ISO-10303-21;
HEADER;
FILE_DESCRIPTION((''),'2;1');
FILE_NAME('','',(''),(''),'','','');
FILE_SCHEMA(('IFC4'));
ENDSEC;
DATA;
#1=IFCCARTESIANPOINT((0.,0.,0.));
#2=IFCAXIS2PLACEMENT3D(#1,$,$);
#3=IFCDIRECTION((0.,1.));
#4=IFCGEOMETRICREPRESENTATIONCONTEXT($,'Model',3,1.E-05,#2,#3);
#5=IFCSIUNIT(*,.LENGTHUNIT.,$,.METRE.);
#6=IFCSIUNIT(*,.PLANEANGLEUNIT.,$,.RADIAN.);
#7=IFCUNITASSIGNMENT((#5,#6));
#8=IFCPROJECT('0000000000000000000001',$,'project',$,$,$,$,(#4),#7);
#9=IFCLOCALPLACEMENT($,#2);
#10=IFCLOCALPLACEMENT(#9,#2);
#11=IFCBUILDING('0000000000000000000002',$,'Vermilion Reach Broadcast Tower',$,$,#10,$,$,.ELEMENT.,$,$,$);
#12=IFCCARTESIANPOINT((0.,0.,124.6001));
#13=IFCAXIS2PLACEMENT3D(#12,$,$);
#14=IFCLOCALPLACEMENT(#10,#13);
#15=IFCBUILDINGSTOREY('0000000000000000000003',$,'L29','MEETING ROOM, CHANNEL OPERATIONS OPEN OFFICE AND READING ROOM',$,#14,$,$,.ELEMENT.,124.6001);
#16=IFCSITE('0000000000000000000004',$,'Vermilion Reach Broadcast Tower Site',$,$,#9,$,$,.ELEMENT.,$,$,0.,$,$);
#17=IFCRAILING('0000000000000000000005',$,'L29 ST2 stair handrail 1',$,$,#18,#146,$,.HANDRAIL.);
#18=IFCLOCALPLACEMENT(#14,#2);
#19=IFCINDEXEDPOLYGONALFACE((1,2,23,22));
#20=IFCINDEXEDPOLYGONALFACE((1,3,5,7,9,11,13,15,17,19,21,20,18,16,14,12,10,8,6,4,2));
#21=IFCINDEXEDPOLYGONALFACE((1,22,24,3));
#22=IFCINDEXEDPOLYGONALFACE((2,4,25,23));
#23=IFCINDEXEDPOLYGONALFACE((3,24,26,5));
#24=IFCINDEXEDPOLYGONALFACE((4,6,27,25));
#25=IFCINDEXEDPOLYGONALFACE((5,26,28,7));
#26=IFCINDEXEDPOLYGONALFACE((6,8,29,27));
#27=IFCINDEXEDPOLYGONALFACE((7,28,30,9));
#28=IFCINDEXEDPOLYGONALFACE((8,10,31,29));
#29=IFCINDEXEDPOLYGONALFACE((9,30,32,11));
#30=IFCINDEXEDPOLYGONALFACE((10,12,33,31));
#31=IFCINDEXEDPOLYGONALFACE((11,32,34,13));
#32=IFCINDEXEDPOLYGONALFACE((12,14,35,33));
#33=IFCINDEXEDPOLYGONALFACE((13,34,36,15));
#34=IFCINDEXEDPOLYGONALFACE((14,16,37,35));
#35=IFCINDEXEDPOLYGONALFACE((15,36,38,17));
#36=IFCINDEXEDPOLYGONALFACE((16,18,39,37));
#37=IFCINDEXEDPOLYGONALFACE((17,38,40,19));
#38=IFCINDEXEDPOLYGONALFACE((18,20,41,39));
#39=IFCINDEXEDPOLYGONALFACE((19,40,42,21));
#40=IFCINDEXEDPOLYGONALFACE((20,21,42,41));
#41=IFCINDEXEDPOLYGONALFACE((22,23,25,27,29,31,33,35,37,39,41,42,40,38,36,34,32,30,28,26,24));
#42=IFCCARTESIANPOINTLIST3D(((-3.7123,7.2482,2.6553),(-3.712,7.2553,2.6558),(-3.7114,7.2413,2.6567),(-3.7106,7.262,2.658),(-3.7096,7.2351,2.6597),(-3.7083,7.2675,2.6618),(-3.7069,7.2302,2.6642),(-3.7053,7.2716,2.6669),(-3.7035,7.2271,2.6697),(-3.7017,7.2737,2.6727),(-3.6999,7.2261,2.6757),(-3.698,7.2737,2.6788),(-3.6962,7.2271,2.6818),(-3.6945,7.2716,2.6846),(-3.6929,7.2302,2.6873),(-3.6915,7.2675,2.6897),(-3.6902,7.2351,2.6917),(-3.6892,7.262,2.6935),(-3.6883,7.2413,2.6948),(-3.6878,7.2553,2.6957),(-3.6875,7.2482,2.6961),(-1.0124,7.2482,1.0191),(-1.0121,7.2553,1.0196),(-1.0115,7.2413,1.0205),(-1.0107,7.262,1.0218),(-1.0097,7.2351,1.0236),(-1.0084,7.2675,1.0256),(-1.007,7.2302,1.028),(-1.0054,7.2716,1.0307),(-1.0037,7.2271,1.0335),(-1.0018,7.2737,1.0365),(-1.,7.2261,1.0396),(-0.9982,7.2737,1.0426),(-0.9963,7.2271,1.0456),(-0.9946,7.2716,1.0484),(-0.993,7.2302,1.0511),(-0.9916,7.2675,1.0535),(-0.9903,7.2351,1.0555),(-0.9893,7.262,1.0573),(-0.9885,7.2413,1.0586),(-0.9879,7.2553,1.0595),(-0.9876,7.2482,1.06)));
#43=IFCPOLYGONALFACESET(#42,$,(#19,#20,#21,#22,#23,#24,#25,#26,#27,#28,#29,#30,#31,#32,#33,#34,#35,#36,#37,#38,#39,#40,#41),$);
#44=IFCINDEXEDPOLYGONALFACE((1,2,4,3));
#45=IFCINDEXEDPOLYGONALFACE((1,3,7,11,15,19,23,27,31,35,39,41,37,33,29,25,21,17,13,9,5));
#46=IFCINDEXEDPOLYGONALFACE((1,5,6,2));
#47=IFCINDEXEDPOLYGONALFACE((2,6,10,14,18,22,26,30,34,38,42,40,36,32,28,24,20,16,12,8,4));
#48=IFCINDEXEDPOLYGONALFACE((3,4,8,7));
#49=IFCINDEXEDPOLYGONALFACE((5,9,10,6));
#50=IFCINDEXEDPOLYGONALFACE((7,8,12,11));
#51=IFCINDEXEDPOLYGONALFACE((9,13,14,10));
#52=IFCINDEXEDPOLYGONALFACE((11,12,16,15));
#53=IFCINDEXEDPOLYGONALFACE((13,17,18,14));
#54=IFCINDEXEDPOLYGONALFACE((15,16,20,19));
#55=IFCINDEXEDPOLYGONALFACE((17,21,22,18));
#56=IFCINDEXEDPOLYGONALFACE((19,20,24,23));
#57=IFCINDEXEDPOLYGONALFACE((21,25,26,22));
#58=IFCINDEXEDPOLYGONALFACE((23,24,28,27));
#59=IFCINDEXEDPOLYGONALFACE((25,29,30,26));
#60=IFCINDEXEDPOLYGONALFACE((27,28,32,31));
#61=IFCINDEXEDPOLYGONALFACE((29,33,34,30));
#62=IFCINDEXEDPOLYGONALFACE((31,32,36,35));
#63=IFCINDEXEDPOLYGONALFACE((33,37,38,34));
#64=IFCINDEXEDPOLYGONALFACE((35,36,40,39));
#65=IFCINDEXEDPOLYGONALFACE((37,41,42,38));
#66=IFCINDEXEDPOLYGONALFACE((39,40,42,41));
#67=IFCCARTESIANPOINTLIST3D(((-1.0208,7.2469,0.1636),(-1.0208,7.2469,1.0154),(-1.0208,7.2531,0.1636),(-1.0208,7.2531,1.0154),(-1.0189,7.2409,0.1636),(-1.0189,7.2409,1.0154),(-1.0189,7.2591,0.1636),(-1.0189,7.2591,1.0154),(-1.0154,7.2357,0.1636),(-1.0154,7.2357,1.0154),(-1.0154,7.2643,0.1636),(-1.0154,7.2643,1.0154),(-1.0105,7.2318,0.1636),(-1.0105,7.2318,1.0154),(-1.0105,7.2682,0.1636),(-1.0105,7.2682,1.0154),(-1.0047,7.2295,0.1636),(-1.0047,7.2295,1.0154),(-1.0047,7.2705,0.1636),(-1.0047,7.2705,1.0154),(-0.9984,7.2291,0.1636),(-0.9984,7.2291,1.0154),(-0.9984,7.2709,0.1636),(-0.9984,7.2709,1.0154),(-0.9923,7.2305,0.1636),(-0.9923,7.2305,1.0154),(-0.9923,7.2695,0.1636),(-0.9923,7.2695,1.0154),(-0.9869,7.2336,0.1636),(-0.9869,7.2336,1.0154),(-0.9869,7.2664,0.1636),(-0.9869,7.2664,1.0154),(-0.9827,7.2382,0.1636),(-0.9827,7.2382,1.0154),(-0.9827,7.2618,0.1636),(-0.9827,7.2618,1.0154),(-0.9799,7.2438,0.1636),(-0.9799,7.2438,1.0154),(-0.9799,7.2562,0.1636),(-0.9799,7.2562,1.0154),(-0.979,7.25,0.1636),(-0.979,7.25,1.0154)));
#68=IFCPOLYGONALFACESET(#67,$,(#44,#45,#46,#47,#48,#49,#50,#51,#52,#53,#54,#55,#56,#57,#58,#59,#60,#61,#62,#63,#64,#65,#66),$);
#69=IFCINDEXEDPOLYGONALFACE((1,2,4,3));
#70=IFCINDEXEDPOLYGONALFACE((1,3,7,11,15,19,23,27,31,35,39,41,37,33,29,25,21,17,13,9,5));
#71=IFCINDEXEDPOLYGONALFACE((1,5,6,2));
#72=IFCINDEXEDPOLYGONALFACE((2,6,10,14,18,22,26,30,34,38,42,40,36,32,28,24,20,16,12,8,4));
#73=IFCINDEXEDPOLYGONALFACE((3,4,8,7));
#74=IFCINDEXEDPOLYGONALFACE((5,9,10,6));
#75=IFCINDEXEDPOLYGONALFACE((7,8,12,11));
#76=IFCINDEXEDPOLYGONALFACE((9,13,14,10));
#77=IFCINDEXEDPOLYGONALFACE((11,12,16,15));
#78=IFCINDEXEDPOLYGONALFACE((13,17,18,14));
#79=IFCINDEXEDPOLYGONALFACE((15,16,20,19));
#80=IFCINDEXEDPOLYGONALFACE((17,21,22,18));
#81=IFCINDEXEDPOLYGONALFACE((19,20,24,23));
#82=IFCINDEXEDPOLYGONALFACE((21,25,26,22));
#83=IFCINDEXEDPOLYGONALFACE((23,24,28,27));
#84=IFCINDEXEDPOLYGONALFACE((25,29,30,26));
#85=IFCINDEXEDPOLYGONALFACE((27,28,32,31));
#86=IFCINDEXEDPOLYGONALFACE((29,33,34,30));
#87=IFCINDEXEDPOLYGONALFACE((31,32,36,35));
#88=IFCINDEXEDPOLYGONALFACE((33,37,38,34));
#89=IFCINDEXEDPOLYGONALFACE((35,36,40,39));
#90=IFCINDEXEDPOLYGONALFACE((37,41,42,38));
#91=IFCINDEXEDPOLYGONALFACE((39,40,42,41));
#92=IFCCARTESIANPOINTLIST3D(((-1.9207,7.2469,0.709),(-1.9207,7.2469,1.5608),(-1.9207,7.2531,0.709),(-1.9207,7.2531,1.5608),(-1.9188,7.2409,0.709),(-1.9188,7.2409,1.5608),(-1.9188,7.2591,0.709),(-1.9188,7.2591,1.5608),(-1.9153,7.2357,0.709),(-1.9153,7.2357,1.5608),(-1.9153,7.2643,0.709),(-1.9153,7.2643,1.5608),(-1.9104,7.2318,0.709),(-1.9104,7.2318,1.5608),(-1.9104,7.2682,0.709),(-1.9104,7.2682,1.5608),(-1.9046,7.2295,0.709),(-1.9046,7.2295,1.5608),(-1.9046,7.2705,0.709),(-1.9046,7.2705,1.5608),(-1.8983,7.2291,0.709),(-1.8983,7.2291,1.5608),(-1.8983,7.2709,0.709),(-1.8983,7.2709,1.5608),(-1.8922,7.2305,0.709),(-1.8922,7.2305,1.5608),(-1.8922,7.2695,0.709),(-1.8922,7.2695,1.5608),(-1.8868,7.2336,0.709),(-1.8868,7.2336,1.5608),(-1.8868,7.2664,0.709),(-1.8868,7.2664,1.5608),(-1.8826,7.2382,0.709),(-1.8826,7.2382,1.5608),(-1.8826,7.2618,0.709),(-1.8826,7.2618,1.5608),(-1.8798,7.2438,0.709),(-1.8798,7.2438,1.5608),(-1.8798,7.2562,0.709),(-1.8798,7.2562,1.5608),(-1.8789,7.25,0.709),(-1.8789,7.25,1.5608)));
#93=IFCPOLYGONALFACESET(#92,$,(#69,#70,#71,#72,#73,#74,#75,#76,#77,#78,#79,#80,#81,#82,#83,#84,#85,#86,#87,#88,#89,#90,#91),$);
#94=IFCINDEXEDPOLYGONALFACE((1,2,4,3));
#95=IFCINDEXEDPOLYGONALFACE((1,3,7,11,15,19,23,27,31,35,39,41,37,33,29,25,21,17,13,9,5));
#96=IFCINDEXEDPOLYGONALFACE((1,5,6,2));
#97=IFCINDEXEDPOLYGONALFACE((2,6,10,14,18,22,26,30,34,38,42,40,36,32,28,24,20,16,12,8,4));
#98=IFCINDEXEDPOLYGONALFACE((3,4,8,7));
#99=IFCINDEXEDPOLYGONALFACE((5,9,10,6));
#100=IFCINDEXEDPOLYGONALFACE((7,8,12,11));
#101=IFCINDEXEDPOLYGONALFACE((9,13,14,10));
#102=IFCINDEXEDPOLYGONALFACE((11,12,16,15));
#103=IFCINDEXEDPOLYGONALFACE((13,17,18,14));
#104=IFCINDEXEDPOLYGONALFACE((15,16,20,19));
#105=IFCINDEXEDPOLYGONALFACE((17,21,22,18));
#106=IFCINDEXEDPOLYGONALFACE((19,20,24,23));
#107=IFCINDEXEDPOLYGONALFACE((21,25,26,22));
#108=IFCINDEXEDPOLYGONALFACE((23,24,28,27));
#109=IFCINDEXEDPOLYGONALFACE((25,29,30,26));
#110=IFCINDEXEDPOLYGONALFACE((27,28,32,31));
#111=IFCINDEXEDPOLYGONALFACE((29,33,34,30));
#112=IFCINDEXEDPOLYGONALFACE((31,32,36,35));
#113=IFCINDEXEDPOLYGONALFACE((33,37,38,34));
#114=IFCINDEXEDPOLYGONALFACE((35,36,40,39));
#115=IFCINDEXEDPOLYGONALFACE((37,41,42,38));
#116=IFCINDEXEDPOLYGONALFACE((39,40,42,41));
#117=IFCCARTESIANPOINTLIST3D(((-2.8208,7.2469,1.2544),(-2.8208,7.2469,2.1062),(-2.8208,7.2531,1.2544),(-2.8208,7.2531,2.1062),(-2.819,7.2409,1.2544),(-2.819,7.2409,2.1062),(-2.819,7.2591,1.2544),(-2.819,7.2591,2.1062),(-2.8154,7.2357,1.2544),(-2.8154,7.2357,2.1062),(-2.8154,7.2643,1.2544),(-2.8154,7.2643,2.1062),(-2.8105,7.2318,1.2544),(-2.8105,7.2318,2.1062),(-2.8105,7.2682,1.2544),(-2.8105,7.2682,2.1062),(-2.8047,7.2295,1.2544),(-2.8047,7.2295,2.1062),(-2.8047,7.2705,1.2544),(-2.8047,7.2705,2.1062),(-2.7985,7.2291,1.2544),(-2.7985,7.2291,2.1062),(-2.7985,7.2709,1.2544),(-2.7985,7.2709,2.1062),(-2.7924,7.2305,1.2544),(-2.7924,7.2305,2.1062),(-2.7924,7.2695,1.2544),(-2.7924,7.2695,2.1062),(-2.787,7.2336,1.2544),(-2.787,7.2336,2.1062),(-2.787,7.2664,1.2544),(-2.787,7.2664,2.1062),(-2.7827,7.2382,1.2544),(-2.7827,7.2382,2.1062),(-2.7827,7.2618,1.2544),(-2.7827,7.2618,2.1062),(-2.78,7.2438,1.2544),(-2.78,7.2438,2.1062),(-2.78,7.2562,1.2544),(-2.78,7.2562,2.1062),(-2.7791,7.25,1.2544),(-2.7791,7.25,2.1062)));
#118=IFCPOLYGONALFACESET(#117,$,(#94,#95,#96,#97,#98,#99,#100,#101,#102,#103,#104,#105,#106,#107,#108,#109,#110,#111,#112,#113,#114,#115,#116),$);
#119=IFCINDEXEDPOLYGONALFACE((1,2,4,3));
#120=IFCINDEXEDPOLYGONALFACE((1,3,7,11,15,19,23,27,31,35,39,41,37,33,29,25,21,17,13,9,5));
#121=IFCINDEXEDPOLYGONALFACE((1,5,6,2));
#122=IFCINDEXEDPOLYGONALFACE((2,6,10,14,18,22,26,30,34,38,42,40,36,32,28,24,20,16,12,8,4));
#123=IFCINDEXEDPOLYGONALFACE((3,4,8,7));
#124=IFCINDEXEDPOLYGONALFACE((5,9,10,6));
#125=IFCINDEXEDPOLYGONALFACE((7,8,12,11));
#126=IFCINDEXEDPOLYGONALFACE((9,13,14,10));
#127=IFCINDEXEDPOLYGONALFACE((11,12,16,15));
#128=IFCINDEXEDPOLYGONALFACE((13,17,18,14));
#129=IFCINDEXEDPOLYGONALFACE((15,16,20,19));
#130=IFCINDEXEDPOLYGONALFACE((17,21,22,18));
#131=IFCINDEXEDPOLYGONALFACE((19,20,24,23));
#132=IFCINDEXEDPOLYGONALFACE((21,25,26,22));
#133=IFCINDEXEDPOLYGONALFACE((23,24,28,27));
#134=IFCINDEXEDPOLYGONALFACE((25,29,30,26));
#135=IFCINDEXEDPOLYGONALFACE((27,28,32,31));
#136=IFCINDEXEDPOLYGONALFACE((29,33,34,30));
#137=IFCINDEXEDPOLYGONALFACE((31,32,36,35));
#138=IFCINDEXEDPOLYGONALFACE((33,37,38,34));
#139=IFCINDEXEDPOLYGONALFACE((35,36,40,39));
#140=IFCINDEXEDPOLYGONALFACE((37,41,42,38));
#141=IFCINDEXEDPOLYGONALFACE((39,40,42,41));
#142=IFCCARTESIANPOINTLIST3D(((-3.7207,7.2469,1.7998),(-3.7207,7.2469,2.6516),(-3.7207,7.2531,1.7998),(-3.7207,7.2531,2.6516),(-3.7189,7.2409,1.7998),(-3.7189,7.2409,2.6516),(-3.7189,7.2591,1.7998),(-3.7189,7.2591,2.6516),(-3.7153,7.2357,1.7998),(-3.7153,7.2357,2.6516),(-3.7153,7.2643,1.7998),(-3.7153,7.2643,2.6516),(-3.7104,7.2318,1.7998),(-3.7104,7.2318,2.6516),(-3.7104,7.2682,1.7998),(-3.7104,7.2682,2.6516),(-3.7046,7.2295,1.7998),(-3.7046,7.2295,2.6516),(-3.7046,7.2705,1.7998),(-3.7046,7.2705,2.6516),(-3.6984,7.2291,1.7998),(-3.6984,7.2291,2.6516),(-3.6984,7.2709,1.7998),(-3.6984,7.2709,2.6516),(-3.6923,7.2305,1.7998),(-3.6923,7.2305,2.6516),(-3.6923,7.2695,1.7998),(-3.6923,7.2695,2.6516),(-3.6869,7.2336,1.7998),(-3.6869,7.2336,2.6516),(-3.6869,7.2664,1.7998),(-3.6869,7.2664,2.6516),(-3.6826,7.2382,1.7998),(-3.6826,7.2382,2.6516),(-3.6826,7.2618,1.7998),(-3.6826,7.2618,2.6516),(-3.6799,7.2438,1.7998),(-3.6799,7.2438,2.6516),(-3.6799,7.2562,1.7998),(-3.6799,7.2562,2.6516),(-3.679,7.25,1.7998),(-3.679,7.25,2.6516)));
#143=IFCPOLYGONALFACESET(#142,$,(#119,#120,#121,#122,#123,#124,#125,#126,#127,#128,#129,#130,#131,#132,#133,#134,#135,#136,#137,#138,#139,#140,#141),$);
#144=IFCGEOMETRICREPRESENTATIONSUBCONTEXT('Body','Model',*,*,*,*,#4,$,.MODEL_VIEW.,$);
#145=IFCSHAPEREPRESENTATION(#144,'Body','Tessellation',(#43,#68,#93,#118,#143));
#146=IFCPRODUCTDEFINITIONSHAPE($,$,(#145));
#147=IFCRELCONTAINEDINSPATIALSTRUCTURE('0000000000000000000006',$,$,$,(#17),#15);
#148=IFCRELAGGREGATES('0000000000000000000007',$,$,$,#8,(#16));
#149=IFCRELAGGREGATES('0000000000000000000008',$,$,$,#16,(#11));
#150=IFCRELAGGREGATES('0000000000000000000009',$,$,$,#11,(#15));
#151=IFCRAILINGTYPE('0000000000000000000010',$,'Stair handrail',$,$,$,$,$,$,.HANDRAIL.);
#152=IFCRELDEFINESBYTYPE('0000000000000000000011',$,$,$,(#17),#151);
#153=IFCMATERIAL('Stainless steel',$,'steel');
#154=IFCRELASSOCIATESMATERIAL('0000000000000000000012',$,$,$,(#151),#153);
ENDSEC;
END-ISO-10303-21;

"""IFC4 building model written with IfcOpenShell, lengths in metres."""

from ifc_helpers import new_model, si_unit, direction, frame, origin, origin_2d, place, context, subcontext, project, spatial, circle, extrude, material, type_object, element, save


model = new_model("IFC4")

# Units and contexts
model_context = context("Model", 3, precision=1e-05, world=origin(), true_north=direction((0.0, 1.0)))
body_context = subcontext(model_context, "Body", "Model", "MODEL_VIEW")
ifc_project = project(units=[si_unit("LENGTHUNIT", "METRE"), si_unit("PLANEANGLEUNIT", "RADIAN")], contexts=[model_context])

# Site, building, storey
site_placement = place(None, origin())
site = spatial("IfcSite", under=ifc_project, at=site_placement, Name="Vermilion Reach Broadcast Tower Site", CompositionType="ELEMENT", RefElevation=0.0)
building_placement = place(site_placement, origin())
building = spatial("IfcBuilding", under=site, at=building_placement, Name="Vermilion Reach Broadcast Tower", CompositionType="ELEMENT")
storey_placement = place(building_placement, frame((0.0, 0.0, 124.6001)))
storey = spatial("IfcBuildingStorey", under=building, at=storey_placement, Name="L29", Description="MEETING ROOM, CHANNEL OPERATIONS OPEN OFFICE AND READING ROOM", CompositionType="ELEMENT", Elevation=124.6001)

# Railing
ifc_material_1 = material(Name="Stainless steel", Category="steel")
railing_type_1 = type_object("IfcRailingType", Name="Stair handrail", PredefinedType="HANDRAIL", material=ifc_material_1)
railing_1_placement = place(storey_placement, frame((-1.0, 7.25, 0.1636)))
element("IfcRailing", 1, at=railing_1_placement, inside=storey, type_object=railing_type_1, Name="L29 ST2 stair handrail 1", PredefinedType="HANDRAIL", context=body_context, shape_type="SweptSolid", body=[
    extrude(circle(Radius=0.0239, at=origin_2d()), frame((0.0, 0.0, 0.876), z_axis=(-0.855212, 0.0, 0.518278), x_axis=(0.0, -1.0, 0.0)), (0.0, 0.0, 1.0), 3.157),
    extrude(circle(Radius=0.021, at=origin_2d()), origin(), (0.0, 0.0, 1.0), 0.8518),
    extrude(circle(Radius=0.021, at=origin_2d()), frame((-0.8999, 0.0, 0.5454)), (0.0, 0.0, 1.0), 0.8518),
    extrude(circle(Radius=0.021, at=origin_2d()), frame((-1.8, 0.0, 1.0908)), (0.0, 0.0, 1.0), 0.8518),
    extrude(circle(Radius=0.021, at=origin_2d()), frame((-2.7, 0.0, 1.6362)), (0.0, 0.0, 1.0), 0.8518),
])

save(model, "model.ifc")
